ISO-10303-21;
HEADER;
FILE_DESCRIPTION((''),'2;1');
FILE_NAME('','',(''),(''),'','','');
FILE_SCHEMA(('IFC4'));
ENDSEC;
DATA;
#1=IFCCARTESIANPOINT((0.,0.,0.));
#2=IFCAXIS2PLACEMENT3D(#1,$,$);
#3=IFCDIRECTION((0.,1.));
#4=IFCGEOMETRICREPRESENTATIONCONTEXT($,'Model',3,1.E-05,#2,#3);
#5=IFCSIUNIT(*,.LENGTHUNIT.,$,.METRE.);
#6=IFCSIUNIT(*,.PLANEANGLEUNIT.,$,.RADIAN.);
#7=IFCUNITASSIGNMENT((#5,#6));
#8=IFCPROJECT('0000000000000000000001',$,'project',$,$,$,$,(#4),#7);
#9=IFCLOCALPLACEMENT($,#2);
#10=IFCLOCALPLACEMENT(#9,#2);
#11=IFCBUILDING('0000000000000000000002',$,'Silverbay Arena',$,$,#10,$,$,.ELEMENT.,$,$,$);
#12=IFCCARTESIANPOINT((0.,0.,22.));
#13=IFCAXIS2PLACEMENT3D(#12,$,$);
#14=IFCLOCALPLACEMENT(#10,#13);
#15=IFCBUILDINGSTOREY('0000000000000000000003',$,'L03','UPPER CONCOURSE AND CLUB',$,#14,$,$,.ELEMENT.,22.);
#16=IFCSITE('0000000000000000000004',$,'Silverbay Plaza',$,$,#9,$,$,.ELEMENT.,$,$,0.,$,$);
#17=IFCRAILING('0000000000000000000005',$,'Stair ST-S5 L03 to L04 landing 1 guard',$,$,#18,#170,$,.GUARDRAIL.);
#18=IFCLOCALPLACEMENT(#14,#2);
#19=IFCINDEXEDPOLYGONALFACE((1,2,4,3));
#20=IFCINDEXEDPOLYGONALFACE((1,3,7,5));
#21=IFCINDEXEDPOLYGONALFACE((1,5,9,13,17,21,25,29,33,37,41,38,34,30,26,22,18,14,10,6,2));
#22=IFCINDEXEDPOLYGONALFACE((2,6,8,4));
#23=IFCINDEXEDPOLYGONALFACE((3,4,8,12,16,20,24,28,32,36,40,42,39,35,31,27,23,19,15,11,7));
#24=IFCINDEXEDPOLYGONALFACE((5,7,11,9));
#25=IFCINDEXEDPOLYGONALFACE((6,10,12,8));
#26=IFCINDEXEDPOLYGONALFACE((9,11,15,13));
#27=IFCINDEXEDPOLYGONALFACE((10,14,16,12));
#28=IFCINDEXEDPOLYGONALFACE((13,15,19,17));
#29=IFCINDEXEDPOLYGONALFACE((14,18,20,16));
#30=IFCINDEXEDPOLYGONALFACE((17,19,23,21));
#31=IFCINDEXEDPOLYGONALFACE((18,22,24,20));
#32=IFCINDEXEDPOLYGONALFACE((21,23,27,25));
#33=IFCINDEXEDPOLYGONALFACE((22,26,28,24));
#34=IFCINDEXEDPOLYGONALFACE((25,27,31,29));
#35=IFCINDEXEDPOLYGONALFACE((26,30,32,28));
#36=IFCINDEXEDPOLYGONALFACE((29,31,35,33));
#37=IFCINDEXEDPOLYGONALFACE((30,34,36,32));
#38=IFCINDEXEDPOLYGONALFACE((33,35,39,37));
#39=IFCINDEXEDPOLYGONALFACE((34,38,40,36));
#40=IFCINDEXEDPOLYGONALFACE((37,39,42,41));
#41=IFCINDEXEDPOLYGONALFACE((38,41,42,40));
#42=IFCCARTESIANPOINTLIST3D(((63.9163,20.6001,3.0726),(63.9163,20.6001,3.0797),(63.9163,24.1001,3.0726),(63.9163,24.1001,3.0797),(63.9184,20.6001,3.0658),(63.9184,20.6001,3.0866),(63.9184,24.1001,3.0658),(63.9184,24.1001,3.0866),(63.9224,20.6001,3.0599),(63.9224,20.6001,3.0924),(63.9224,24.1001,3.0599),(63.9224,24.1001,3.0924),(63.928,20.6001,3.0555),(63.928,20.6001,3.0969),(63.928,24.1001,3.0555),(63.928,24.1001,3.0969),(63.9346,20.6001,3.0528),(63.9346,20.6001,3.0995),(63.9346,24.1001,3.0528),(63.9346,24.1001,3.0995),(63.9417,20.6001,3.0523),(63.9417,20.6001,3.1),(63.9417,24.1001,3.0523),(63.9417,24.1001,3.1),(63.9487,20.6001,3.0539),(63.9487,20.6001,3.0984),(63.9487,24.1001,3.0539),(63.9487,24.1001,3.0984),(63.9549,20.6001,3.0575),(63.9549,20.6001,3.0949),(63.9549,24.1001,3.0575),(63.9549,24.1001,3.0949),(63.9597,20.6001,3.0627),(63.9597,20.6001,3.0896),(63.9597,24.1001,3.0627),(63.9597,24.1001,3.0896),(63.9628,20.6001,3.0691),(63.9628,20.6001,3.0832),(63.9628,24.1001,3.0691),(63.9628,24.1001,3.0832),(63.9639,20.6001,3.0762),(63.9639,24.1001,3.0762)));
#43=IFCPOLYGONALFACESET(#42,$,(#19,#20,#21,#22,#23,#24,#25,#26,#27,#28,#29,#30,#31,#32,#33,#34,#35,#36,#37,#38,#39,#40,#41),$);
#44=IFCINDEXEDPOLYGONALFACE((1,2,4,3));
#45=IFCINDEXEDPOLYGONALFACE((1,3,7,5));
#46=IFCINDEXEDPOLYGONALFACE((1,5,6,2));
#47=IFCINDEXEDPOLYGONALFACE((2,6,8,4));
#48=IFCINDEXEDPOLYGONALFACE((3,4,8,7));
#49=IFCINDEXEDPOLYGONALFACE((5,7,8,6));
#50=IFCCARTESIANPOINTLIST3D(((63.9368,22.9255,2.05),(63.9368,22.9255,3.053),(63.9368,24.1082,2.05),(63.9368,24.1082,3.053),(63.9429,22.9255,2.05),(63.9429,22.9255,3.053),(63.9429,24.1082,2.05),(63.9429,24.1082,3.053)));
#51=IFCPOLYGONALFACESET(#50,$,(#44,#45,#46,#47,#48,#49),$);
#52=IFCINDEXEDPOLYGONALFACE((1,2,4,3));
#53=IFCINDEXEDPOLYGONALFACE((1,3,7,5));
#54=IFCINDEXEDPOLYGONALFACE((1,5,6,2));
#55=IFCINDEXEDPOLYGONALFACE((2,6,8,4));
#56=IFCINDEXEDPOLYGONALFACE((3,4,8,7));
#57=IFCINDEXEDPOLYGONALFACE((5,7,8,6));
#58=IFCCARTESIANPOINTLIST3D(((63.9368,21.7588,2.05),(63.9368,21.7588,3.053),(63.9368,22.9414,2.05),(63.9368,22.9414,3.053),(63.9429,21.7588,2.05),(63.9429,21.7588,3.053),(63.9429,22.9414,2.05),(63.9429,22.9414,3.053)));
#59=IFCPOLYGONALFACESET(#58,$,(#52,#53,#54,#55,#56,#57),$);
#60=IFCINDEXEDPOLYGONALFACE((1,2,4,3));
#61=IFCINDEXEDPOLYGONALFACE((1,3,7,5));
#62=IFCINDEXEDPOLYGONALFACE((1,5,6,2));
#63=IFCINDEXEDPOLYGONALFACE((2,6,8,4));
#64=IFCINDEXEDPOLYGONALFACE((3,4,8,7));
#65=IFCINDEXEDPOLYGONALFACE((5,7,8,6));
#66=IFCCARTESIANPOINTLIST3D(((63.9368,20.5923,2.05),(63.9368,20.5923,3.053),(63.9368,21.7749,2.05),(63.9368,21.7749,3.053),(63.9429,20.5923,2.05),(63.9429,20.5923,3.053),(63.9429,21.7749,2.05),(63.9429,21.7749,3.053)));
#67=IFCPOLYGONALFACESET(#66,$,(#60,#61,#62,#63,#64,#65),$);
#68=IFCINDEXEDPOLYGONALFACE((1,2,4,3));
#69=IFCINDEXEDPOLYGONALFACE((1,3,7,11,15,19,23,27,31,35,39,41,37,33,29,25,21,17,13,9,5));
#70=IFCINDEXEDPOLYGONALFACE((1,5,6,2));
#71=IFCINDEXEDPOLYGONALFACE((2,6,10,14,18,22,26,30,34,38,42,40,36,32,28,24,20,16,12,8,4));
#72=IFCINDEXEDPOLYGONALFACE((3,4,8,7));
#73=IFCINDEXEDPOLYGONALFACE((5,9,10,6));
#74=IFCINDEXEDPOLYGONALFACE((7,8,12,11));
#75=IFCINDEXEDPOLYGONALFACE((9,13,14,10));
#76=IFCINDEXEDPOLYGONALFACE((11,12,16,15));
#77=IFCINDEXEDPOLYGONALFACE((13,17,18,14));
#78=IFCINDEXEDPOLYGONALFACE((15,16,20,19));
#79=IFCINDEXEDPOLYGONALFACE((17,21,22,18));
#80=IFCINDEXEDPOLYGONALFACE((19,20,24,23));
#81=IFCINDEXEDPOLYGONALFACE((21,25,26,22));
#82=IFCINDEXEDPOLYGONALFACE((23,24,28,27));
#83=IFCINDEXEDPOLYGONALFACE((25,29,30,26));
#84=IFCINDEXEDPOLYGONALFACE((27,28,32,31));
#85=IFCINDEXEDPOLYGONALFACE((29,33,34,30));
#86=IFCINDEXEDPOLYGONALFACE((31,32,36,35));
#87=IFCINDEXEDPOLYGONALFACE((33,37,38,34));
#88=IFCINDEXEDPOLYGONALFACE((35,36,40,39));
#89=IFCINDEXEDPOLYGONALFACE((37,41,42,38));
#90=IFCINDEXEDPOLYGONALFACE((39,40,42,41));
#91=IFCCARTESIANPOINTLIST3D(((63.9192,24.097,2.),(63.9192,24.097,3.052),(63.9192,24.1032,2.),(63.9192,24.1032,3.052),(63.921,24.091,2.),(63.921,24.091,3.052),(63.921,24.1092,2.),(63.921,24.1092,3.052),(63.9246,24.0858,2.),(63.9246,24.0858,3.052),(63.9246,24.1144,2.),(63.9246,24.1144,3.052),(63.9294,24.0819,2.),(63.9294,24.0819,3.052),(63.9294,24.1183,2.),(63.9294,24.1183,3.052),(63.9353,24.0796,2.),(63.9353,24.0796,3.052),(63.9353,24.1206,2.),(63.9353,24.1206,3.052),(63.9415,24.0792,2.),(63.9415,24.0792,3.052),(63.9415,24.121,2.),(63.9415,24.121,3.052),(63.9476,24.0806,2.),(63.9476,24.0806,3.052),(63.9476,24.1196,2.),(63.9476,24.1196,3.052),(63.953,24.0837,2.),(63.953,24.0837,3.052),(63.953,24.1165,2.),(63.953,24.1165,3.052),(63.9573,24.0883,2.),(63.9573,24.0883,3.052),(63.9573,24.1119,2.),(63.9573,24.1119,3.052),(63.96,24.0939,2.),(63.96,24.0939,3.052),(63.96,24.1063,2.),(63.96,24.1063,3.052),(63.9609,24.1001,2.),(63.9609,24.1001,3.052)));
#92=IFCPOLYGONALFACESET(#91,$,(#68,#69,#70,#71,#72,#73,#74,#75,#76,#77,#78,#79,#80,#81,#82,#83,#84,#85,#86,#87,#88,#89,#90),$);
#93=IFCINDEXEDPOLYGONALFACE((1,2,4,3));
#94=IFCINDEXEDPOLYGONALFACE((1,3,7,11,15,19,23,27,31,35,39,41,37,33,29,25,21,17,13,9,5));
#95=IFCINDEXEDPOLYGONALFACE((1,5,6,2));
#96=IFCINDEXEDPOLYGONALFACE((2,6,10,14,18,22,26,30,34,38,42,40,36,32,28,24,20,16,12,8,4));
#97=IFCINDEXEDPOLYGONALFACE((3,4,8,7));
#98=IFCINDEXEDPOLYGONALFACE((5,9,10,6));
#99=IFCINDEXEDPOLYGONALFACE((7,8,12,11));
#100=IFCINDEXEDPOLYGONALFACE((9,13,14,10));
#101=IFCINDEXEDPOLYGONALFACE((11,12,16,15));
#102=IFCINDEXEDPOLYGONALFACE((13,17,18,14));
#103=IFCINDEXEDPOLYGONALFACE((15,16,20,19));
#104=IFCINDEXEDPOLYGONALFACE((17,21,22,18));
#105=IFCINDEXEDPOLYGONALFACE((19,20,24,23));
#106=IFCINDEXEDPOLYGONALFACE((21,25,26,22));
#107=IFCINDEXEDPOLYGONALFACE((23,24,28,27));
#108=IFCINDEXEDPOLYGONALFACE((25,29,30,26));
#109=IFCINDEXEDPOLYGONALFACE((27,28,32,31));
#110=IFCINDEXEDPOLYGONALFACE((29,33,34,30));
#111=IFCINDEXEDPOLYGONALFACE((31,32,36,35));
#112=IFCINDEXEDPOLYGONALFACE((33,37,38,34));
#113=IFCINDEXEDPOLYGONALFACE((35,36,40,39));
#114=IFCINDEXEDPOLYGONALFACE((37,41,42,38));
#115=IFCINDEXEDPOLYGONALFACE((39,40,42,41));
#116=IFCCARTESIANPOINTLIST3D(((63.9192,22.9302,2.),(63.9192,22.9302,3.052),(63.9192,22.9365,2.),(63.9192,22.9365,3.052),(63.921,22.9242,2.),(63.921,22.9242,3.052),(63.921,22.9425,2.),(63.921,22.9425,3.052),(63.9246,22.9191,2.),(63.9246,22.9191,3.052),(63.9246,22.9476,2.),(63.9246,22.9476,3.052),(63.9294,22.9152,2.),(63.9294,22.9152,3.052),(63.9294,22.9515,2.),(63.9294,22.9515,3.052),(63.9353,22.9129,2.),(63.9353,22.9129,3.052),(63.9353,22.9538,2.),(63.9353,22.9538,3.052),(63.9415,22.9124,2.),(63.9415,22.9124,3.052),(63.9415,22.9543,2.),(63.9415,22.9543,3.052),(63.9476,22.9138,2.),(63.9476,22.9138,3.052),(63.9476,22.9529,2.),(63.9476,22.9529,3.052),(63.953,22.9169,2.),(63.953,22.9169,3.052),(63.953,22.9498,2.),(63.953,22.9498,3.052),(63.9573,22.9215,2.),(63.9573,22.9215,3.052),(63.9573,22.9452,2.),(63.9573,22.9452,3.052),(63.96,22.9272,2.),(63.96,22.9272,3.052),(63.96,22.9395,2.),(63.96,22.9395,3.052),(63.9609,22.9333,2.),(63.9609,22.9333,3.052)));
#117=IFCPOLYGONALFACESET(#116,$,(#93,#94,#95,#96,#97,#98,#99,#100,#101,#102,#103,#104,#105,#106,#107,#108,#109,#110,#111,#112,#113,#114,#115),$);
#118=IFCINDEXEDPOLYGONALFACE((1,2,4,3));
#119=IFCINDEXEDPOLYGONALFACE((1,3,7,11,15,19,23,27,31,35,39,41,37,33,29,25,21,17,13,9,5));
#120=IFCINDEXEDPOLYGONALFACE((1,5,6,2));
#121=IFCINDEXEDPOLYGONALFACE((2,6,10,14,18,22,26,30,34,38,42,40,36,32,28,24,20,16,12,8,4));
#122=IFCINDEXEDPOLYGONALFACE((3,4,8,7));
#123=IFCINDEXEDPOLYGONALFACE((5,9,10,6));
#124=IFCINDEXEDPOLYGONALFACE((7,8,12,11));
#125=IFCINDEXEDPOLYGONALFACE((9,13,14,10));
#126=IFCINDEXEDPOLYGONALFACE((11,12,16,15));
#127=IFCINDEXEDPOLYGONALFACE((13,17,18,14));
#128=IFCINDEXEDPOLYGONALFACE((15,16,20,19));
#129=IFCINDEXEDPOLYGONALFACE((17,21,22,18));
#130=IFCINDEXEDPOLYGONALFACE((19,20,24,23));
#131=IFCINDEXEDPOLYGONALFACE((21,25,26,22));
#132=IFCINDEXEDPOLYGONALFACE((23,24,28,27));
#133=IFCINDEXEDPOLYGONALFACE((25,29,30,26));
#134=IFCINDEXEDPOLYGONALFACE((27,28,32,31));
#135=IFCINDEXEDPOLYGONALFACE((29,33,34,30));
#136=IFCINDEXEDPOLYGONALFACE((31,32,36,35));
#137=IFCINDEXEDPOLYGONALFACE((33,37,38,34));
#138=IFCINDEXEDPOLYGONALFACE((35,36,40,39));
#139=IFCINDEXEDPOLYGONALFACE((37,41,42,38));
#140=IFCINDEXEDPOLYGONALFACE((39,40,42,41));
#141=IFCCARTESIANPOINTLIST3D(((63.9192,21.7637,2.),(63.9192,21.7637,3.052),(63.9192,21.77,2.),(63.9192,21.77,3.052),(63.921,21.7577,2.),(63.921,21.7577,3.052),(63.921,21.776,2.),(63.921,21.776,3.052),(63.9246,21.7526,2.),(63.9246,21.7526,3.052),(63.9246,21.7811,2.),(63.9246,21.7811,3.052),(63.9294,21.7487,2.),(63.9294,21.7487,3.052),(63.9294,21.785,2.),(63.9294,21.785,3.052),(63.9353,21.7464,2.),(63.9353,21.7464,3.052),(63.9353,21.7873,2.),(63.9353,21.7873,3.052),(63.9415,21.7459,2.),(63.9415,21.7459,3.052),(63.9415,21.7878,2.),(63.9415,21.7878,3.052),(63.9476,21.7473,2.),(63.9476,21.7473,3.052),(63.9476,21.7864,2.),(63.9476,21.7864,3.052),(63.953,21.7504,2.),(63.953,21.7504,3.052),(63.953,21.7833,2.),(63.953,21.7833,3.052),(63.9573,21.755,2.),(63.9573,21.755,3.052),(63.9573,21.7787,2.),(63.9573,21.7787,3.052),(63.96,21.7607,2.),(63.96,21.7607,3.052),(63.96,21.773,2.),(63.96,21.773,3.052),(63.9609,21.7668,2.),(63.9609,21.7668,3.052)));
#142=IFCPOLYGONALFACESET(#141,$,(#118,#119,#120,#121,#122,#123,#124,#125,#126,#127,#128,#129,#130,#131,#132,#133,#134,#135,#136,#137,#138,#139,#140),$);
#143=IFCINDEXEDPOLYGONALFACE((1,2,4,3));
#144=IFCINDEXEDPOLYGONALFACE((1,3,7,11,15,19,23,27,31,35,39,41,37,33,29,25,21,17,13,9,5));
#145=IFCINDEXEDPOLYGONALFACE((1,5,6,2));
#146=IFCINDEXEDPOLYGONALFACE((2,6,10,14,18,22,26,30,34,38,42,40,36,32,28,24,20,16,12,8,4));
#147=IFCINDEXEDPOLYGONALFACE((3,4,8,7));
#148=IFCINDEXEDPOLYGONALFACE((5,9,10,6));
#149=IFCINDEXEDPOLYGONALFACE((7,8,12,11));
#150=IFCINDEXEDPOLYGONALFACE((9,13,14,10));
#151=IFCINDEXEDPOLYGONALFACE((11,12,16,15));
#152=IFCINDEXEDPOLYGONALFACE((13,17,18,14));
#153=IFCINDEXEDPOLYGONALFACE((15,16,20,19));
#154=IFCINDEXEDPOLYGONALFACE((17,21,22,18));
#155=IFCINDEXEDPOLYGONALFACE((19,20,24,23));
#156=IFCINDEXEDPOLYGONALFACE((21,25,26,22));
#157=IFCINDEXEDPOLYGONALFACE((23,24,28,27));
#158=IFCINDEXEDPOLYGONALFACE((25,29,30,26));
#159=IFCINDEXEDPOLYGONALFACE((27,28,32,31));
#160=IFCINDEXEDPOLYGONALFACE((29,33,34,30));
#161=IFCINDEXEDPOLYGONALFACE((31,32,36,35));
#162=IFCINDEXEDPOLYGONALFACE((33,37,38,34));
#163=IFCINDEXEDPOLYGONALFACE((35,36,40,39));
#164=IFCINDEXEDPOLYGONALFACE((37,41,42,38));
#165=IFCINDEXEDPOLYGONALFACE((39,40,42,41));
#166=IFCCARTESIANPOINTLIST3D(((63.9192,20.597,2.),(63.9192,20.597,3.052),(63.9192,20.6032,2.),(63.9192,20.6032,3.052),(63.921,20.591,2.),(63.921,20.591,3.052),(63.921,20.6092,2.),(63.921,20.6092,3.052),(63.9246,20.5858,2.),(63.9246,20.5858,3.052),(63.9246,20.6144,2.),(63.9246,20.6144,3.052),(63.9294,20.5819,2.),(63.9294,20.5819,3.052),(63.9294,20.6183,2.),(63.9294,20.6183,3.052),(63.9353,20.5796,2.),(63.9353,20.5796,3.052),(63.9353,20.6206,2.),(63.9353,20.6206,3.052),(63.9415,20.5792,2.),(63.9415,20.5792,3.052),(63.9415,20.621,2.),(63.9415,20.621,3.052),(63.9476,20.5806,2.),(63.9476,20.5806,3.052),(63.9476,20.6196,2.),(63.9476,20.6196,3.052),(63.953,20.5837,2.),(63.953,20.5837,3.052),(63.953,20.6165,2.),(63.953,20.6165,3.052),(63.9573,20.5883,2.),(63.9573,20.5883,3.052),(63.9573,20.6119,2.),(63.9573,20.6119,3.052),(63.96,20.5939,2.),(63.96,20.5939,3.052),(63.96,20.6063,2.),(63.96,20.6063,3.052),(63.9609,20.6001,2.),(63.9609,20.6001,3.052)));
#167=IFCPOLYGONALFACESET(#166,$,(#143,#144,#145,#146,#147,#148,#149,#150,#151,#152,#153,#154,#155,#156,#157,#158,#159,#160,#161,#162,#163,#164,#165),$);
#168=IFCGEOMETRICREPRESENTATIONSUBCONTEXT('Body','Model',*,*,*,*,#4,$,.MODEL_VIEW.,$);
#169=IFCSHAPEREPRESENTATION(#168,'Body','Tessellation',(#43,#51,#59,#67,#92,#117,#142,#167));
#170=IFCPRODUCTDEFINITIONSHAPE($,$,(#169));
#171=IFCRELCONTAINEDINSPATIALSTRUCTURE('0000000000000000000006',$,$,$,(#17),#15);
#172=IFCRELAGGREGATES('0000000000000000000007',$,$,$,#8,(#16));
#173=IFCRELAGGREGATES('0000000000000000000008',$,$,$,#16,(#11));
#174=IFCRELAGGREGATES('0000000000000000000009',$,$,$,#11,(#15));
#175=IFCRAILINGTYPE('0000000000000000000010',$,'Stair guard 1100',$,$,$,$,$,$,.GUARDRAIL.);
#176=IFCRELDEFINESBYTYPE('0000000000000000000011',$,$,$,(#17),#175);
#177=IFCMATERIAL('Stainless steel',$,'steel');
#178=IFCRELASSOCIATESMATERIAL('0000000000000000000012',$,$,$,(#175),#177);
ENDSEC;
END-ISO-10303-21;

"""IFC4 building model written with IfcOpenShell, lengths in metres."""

from ifc_helpers import new_model, si_unit, direction, frame, origin, origin_2d, place, context, subcontext, project, spatial, polyline, circle, outline, extrude, material, type_object, element, save


model = new_model("IFC4")

# Units and contexts
model_context = context("Model", 3, precision=1e-05, world=origin(), true_north=direction((0.0, 1.0)))
body_context = subcontext(model_context, "Body", "Model", "MODEL_VIEW")
ifc_project = project(units=[si_unit("LENGTHUNIT", "METRE"), si_unit("PLANEANGLEUNIT", "RADIAN")], contexts=[model_context])

# Site, building, storey
site_placement = place(None, origin())
site = spatial("IfcSite", under=ifc_project, at=site_placement, Name="Silverbay Plaza", CompositionType="ELEMENT", RefElevation=0.0)
building_placement = place(site_placement, origin())
building = spatial("IfcBuilding", under=site, at=building_placement, Name="Silverbay Arena", CompositionType="ELEMENT")
storey_placement = place(building_placement, frame((0.0, 0.0, 22.0)))
storey = spatial("IfcBuildingStorey", under=building, at=storey_placement, Name="L03", Description="UPPER CONCOURSE AND CLUB", CompositionType="ELEMENT", Elevation=22.0)

# Railing
ifc_material_1 = material(Name="Stainless steel", Category="steel")
railing_type_1 = type_object("IfcRailingType", Name="Stair guard 1100", PredefinedType="GUARDRAIL", material=ifc_material_1)
for number, where, name in (
    (1, (63.9399, 24.1001, 2.0), "Stair ST-S5 L03 to L04 landing 1 guard"),
):
    element("IfcRailing", number, at=place(storey_placement, frame(where)), inside=storey, type_object=railing_type_1, Name=name, PredefinedType="GUARDRAIL", context=body_context, shape_type="SweptSolid", body=[
        extrude(circle(Radius=0.0239, at=origin_2d()), frame((0.0, 0.0, 1.0762), z_axis=(0.0, -1.0, 0.0), x_axis=(1.0, 0.0, 0.0)), (0.0, 0.0, 1.0), 3.5),
        extrude(outline(polyline([(-0.0081, 0.05), (1.1746, 0.05), (1.1746, 1.053), (-0.0081, 1.053), (-0.0081, 0.05)])), frame((0.0029, 0.0, 0.0), z_axis=(-1.0, 0.0, 0.0), x_axis=(0.0, -1.0, 0.0)), (0.0, 0.0, 1.0), 0.0061),
        extrude(outline(polyline([(-0.0081, 0.05), (1.1746, 0.05), (1.1746, 1.053), (-0.0081, 1.053), (-0.0081, 0.05)])), frame((0.0029, -1.1667, 0.0), z_axis=(-1.0, 0.0, 0.0), x_axis=(0.0, -1.0, 0.0)), (0.0, 0.0, 1.0), 0.0061),
        extrude(outline(polyline([(-0.0081, 0.05), (1.1746, 0.05), (1.1746, 1.053), (-0.0081, 1.053), (-0.0081, 0.05)])), frame((0.0029, -2.3333, 0.0), z_axis=(-1.0, 0.0, 0.0), x_axis=(0.0, -1.0, 0.0)), (0.0, 0.0, 1.0), 0.0061),
        extrude(circle(Radius=0.021, at=origin_2d()), origin(), (0.0, 0.0, 1.0), 1.052),
        extrude(circle(Radius=0.021, at=origin_2d()), frame((0.0, -1.1667, 0.0)), (0.0, 0.0, 1.0), 1.052),
        extrude(circle(Radius=0.021, at=origin_2d()), frame((0.0, -2.3333, 0.0)), (0.0, 0.0, 1.0), 1.052),
        extrude(circle(Radius=0.021, at=origin_2d()), frame((0.0, -3.5, 0.0)), (0.0, 0.0, 1.0), 1.052),
    ])

save(model, "model.ifc")
